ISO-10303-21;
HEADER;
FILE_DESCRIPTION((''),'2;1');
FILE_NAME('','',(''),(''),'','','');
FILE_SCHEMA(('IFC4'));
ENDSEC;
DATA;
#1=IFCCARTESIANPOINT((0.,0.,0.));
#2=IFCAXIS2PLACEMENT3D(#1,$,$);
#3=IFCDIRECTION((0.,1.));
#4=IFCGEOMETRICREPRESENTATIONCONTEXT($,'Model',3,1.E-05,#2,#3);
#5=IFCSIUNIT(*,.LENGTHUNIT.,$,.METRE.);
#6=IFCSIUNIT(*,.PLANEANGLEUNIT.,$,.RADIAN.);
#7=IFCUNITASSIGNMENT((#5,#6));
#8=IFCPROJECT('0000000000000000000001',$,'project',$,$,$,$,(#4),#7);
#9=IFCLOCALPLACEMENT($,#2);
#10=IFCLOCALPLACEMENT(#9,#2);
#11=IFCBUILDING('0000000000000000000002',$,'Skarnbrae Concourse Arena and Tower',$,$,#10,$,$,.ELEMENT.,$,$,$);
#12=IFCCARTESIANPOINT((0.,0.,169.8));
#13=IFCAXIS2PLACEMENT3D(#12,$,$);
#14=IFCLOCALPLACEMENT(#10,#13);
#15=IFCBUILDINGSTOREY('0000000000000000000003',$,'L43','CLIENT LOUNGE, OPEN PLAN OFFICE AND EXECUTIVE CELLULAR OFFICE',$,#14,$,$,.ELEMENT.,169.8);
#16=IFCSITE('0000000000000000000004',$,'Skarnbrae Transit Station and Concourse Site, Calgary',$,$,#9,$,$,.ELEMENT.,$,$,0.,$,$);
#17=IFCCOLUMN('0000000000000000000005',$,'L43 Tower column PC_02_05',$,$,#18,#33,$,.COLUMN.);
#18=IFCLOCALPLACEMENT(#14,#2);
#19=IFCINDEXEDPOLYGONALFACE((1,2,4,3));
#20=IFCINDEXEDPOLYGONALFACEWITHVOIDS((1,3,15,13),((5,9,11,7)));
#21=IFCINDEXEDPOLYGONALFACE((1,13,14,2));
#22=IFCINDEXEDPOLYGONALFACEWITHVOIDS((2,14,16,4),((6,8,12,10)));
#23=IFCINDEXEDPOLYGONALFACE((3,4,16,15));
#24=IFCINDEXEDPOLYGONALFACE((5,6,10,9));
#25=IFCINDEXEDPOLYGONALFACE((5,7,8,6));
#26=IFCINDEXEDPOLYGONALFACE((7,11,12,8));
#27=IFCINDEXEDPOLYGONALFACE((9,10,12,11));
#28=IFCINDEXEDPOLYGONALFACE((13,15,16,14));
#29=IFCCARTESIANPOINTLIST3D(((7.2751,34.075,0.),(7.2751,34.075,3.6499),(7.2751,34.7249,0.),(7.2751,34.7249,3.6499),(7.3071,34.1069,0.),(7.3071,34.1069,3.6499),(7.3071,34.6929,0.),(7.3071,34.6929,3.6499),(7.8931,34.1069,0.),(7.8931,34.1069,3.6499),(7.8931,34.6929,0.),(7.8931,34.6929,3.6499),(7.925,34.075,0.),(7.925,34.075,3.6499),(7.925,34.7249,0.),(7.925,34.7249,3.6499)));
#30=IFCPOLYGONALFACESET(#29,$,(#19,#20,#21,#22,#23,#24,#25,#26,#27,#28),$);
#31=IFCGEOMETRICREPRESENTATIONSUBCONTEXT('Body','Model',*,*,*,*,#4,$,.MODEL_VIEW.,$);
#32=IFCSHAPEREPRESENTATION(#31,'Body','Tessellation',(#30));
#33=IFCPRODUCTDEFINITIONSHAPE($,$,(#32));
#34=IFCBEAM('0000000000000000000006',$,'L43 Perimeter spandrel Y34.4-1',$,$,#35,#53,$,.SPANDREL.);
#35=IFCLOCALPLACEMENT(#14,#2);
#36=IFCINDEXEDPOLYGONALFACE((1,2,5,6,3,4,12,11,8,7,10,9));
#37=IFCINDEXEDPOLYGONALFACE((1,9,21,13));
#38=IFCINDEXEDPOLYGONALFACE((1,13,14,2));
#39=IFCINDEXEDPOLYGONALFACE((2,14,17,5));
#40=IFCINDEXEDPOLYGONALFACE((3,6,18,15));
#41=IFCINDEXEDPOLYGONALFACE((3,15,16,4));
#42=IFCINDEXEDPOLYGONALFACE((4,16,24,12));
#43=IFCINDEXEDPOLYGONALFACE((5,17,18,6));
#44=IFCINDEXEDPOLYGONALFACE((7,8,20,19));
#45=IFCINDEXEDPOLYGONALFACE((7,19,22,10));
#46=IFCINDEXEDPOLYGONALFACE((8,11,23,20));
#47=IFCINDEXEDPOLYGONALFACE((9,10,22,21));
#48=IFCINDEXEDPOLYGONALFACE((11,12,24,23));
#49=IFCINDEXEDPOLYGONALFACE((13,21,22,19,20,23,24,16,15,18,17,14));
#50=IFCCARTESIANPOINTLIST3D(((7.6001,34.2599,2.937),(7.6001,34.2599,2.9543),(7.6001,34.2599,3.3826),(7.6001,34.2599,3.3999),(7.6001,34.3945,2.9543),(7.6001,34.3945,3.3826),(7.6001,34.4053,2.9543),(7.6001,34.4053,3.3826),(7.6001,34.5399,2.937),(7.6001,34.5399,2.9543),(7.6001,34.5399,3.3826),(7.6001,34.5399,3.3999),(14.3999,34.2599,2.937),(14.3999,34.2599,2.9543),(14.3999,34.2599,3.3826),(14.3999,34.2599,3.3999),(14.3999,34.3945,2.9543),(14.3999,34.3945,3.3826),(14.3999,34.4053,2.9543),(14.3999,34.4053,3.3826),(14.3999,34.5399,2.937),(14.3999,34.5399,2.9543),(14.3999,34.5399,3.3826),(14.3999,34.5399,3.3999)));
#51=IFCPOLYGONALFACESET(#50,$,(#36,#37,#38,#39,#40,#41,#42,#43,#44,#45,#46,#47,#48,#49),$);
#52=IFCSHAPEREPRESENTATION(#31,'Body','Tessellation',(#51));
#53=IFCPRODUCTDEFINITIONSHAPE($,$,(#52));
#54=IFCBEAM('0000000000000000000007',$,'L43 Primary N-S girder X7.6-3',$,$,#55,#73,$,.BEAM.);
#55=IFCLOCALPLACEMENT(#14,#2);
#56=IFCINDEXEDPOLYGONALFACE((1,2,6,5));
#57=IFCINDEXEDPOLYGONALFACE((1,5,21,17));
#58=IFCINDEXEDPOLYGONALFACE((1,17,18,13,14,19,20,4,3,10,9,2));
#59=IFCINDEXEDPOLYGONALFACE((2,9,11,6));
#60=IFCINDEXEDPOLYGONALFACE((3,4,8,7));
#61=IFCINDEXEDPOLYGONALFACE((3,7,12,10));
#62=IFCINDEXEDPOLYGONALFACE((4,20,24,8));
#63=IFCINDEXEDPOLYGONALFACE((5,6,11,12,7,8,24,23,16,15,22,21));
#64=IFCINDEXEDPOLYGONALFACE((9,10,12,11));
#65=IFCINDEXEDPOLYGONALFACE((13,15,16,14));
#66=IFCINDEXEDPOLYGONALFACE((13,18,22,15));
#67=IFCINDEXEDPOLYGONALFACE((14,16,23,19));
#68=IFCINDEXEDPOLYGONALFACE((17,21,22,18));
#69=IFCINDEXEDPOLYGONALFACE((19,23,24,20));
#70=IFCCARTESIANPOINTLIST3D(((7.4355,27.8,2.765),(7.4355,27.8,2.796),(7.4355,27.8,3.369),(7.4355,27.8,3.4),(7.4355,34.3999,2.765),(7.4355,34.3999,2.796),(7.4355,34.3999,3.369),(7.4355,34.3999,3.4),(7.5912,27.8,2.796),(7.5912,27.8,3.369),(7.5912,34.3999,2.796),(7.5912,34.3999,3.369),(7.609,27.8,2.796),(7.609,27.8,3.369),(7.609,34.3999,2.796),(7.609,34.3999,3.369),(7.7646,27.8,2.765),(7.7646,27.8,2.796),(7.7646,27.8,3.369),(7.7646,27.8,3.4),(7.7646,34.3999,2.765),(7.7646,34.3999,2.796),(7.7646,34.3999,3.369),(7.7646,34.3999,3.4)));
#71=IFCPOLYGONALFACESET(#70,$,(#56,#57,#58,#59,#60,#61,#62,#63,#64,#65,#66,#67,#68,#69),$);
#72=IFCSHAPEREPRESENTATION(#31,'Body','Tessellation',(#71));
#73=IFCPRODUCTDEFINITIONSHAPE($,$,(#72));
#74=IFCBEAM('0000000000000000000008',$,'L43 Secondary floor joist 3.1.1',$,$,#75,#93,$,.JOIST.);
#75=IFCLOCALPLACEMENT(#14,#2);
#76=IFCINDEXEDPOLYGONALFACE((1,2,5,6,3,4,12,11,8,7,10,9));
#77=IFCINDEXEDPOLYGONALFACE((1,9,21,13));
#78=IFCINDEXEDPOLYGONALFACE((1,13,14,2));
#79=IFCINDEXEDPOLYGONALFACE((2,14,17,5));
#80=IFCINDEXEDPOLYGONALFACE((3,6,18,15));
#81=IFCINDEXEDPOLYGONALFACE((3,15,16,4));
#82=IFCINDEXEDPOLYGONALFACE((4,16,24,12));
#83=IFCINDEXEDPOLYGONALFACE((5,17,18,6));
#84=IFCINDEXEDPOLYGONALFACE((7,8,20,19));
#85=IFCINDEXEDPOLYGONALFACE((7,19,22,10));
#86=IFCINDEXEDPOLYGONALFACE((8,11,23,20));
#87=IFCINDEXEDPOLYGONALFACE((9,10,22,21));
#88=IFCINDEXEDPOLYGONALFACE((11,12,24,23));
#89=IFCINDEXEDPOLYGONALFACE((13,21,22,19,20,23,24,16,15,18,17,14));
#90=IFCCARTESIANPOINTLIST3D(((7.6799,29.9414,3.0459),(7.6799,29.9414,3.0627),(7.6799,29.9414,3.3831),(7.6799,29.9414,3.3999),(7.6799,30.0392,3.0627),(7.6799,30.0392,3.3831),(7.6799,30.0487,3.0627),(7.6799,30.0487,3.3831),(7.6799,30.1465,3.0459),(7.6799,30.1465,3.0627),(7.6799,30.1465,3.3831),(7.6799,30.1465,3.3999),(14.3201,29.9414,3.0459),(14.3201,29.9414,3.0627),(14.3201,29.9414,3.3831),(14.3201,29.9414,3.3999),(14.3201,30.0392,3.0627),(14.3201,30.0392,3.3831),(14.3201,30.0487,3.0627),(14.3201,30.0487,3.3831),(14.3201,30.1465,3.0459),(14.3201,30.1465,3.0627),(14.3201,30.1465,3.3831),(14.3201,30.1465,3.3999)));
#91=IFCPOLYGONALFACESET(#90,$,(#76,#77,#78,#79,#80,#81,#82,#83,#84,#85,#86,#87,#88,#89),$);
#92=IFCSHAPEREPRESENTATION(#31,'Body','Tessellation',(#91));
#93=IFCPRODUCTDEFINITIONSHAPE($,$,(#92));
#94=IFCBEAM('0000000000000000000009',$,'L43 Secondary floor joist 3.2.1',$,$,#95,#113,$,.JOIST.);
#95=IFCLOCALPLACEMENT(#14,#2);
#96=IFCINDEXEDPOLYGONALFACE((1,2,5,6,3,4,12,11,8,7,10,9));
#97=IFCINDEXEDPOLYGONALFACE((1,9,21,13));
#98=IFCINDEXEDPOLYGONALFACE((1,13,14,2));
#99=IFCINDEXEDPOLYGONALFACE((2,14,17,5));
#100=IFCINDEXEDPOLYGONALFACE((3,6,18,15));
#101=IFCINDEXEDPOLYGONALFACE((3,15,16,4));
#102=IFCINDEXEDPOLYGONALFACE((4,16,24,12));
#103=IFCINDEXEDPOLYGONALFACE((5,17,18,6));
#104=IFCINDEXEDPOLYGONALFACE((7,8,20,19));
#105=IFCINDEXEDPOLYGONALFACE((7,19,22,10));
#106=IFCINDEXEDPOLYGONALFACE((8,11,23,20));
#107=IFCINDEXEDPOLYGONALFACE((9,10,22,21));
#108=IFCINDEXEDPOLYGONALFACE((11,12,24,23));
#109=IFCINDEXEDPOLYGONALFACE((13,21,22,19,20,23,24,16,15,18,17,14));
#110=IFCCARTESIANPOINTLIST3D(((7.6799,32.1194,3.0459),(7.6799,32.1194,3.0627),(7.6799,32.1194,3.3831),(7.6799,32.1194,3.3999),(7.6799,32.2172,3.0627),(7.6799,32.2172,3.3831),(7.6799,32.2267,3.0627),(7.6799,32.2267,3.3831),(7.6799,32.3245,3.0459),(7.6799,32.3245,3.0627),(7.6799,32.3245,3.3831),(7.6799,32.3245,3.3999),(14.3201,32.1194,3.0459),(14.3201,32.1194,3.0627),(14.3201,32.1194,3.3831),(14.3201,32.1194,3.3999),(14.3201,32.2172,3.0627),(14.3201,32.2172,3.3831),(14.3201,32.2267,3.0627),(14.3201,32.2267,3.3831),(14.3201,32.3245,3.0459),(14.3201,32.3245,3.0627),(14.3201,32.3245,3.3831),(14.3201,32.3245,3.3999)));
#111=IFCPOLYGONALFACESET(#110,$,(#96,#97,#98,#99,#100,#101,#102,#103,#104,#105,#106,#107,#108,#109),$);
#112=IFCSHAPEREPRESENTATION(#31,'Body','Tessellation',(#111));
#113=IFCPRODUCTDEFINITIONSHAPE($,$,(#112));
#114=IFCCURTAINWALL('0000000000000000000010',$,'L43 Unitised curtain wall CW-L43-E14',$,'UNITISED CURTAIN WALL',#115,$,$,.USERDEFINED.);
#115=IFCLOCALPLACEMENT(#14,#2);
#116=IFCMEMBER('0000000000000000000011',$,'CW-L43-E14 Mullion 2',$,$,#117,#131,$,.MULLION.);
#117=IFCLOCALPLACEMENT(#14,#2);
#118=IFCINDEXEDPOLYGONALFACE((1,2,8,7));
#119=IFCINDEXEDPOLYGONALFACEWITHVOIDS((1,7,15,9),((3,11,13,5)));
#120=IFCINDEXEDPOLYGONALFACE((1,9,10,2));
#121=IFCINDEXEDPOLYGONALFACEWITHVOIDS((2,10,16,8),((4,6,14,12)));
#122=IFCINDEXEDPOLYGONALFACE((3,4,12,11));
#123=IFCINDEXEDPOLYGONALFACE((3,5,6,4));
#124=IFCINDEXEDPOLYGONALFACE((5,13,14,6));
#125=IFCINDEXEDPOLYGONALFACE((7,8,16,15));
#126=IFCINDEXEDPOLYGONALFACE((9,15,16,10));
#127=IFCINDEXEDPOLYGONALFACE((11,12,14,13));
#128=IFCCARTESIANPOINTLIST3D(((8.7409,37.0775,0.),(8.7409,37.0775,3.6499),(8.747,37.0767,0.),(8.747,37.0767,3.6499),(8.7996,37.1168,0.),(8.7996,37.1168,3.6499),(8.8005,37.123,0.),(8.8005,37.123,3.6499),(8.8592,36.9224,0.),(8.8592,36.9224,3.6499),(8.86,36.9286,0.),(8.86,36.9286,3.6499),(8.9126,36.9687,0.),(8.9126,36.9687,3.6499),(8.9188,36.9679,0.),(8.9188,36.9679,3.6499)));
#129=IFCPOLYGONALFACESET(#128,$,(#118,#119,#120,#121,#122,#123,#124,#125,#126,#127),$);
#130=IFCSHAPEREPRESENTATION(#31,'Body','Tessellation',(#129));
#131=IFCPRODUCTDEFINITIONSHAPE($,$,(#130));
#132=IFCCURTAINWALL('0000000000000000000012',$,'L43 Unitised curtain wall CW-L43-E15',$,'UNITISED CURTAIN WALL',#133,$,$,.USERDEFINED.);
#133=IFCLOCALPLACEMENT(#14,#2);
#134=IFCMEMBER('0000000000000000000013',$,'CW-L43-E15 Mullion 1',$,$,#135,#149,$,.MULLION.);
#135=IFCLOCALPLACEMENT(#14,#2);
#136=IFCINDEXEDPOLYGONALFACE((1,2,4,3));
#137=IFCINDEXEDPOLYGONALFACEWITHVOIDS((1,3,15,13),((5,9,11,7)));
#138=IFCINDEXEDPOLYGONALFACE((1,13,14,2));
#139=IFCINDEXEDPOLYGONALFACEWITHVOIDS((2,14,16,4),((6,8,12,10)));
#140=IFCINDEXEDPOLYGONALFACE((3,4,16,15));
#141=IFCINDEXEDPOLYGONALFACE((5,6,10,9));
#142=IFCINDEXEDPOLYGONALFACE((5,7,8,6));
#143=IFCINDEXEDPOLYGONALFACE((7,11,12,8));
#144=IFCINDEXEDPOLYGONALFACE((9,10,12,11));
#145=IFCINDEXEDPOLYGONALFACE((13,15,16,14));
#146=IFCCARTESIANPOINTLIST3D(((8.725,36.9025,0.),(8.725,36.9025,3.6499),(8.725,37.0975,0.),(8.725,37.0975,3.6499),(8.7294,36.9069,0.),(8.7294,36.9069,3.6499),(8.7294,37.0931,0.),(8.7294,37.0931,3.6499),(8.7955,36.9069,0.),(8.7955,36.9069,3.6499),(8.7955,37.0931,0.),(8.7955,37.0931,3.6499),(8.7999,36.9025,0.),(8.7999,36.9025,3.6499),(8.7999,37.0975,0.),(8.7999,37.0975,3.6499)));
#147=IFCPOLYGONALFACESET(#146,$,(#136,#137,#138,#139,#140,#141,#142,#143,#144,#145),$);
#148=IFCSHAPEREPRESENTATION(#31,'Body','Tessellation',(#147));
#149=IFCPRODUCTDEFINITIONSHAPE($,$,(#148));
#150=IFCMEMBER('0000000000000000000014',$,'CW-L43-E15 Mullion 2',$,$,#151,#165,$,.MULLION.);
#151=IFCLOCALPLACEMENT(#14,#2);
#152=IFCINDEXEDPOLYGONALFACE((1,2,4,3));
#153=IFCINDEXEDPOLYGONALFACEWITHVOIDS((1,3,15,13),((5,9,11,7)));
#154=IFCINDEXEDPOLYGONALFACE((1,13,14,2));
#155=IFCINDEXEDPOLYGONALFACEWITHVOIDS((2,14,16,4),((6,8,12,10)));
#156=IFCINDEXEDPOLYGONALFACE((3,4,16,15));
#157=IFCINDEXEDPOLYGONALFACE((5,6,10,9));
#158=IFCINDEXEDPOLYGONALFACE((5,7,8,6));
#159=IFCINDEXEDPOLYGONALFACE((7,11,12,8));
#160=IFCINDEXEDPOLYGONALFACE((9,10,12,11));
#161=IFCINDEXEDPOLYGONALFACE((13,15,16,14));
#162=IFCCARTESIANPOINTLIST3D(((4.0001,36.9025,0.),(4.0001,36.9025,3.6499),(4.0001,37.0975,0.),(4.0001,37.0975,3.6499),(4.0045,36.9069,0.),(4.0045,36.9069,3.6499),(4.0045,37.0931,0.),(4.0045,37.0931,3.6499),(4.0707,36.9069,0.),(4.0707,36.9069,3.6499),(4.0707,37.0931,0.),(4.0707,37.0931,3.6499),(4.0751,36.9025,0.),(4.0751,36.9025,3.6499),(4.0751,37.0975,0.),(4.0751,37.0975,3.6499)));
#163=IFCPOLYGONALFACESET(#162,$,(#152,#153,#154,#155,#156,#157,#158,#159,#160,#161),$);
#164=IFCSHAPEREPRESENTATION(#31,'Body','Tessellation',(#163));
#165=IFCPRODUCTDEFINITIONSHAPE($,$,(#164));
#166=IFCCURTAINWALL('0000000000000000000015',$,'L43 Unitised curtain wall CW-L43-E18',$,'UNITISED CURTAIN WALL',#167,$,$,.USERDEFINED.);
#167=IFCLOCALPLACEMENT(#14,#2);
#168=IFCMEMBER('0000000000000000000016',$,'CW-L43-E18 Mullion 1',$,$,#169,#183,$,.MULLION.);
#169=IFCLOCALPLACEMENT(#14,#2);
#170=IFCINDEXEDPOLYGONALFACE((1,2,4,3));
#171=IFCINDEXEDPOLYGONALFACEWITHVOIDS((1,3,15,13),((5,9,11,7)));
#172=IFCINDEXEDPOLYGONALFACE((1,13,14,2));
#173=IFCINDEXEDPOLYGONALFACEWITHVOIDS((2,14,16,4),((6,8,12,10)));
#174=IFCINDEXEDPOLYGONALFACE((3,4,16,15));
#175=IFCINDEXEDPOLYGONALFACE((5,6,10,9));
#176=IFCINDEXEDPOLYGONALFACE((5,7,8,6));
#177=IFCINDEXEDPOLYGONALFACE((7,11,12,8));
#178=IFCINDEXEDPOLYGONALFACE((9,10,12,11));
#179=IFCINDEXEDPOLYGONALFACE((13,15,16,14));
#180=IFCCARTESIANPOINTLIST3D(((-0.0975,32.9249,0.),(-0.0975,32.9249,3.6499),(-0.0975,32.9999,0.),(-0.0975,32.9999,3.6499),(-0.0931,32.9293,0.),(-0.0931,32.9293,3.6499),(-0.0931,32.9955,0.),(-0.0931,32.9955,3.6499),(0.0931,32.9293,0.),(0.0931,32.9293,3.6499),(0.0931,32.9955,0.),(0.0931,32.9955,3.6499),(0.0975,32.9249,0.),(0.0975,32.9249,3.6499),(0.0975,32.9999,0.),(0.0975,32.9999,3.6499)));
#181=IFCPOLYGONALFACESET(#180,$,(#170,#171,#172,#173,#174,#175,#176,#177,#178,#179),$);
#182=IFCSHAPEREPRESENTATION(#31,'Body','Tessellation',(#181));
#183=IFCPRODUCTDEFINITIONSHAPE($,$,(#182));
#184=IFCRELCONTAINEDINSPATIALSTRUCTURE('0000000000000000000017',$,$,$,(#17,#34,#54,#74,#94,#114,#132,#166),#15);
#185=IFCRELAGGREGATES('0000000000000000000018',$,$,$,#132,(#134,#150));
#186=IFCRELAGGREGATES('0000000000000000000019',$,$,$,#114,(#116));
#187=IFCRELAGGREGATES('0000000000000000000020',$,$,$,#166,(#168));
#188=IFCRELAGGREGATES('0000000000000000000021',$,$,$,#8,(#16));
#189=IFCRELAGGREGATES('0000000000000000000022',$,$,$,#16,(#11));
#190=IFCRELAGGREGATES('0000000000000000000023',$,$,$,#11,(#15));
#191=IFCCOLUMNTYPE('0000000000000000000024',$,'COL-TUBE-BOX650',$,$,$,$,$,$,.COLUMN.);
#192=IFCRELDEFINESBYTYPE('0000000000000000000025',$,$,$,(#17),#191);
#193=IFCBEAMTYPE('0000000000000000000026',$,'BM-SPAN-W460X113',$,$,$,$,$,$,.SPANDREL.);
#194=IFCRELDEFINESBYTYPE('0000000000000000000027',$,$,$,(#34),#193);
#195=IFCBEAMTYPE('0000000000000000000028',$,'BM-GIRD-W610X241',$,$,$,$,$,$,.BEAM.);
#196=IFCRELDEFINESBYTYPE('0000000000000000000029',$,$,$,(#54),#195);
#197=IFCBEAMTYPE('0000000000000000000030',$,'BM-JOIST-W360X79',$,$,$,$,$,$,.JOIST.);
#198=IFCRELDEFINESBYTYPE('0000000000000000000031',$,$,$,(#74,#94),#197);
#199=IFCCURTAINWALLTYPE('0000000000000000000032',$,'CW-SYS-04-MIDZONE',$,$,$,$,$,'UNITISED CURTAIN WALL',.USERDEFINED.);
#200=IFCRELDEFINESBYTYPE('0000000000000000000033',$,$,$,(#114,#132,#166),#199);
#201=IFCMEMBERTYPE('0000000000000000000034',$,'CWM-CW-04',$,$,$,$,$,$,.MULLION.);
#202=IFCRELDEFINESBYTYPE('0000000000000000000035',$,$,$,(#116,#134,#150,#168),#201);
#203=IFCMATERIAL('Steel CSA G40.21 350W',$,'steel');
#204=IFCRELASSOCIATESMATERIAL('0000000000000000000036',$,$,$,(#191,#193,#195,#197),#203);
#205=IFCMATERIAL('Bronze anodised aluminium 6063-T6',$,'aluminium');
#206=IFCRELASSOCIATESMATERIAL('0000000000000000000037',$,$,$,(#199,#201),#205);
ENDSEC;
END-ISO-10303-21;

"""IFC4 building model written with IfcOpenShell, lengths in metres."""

from ifc_helpers import new_model, si_unit, direction, frame, origin, origin_2d, place, context, subcontext, project, spatial, hollow_rectangle, i_section, extrude, source, transform, mapped, material, material_profile, profile_set, type_object, element, aggregate, save


model = new_model("IFC4")

# Units and contexts
model_context = context("Model", 3, precision=1e-05, world=origin(), true_north=direction((0.0, 1.0)))
body_context = subcontext(model_context, "Body", "Model", "MODEL_VIEW")
ifc_project = project(units=[si_unit("LENGTHUNIT", "METRE"), si_unit("PLANEANGLEUNIT", "RADIAN")], contexts=[model_context])

# Site, building, storey
site_placement = place(None, origin())
site = spatial("IfcSite", under=ifc_project, at=site_placement, Name="Skarnbrae Transit Station and Concourse Site, Calgary", CompositionType="ELEMENT", RefElevation=0.0)
building_placement = place(site_placement, origin())
building = spatial("IfcBuilding", under=site, at=building_placement, Name="Skarnbrae Concourse Arena and Tower", CompositionType="ELEMENT")
storey_placement = place(building_placement, frame((0.0, 0.0, 169.8)))
storey = spatial("IfcBuildingStorey", under=building, at=storey_placement, Name="L43", Description="CLIENT LOUNGE, OPEN PLAN OFFICE AND EXECUTIVE CELLULAR OFFICE", CompositionType="ELEMENT", Elevation=169.8)

# Column
ifc_material_1 = material(Name="Steel CSA G40.21 350W", Category="steel")
ifc_material_profile_1 = material_profile(ifc_material_1, hollow_rectangle(XDim=0.6499, YDim=0.6499, WallThickness=0.032, at=origin_2d()), Name="BOX650X650X32")
ifc_profile_set_1 = profile_set([ifc_material_profile_1], Name="Steel CSA G40.21 350W")
column_type = type_object("IfcColumnType", Name="COL-TUBE-BOX650", PredefinedType="COLUMN", material=ifc_profile_set_1)
shared_shape_1 = source(origin(), body_context, "Body", "SweptSolid", [
    extrude(hollow_rectangle(XDim=0.6499, YDim=0.6499, WallThickness=0.032, at=origin_2d()), origin(), (0.0, 0.0, 1.0), 3.6499),
])
column_placement = place(storey_placement, frame((7.6001, 34.3999, 0.0), z_axis=(0.0, 0.0, 1.0), x_axis=(1.0, 0.0, 0.0)))
element("IfcColumn", 1, at=column_placement, inside=storey, type_object=column_type, Name="L43 Tower column PC_02_05", PredefinedType="COLUMN", context=body_context, shape_type="MappedRepresentation", body=[
    mapped(shared_shape_1, transform((0.0, 0.0, 0.0))),
])

# Beams
ifc_material_profile_2 = material_profile(ifc_material_1, i_section(OverallWidth=0.28, OverallDepth=0.4629, WebThickness=0.0107, FlangeThickness=0.0173, at=origin_2d()), Name="W460X113")
ifc_profile_set_2 = profile_set([ifc_material_profile_2], Name="Steel CSA G40.21 350W")
beam_type_1 = type_object("IfcBeamType", Name="BM-SPAN-W460X113", PredefinedType="SPANDREL", material=ifc_profile_set_2)
shared_shape_2 = source(origin(), body_context, "Body", "SweptSolid", [
    extrude(i_section(OverallWidth=0.28, OverallDepth=0.4629, WebThickness=0.0107, FlangeThickness=0.0173, at=origin_2d()), origin(), (0.0, 0.0, 1.0), 6.7998),
])
beam_1_placement = place(storey_placement, frame((7.6001, 34.3999, 3.1685), z_axis=(1.0, 0.0, 0.0), x_axis=(0.0, 1.0, 0.0)))
element("IfcBeam", 2, at=beam_1_placement, inside=storey, type_object=beam_type_1, Name="L43 Perimeter spandrel Y34.4-1", PredefinedType="SPANDREL", context=body_context, shape_type="MappedRepresentation", body=[
    mapped(shared_shape_2, transform((0.0, 0.0, 0.0))),
])
ifc_material_profile_3 = material_profile(ifc_material_1, i_section(OverallWidth=0.3291, OverallDepth=0.635, WebThickness=0.0178, FlangeThickness=0.031, at=origin_2d()), Name="W610X241")
ifc_profile_set_3 = profile_set([ifc_material_profile_3], Name="Steel CSA G40.21 350W")
beam_type_2 = type_object("IfcBeamType", Name="BM-GIRD-W610X241", PredefinedType="BEAM", material=ifc_profile_set_3)
shared_shape_3 = source(origin(), body_context, "Body", "SweptSolid", [
    extrude(i_section(OverallWidth=0.3291, OverallDepth=0.635, WebThickness=0.0178, FlangeThickness=0.031, at=origin_2d()), origin(), (0.0, 0.0, 1.0), 6.5999),
])
beam_2_placement = place(storey_placement, frame((7.6001, 27.8, 3.0825), z_axis=(0.0, 1.0, 0.0), x_axis=(-1.0, 0.0, 0.0)))
element("IfcBeam", 3, at=beam_2_placement, inside=storey, type_object=beam_type_2, Name="L43 Primary N-S girder X7.6-3", PredefinedType="BEAM", context=body_context, shape_type="MappedRepresentation", body=[
    mapped(shared_shape_3, transform((0.0, 0.0, 0.0))),
])
ifc_material_profile_4 = material_profile(ifc_material_1, i_section(OverallWidth=0.2051, OverallDepth=0.354, WebThickness=0.0095, FlangeThickness=0.0168, at=origin_2d()), Name="W360X79")
ifc_profile_set_4 = profile_set([ifc_material_profile_4], Name="Steel CSA G40.21 350W")
beam_type_3 = type_object("IfcBeamType", Name="BM-JOIST-W360X79", PredefinedType="JOIST", material=ifc_profile_set_4)
shared_shape_4 = source(origin(), body_context, "Body", "SweptSolid", [
    extrude(i_section(OverallWidth=0.2051, OverallDepth=0.354, WebThickness=0.0095, FlangeThickness=0.0168, at=origin_2d()), origin(), (0.0, 0.0, 1.0), 6.6401),
])
for number, where, z_axis, x_axis, name in (
    (4, (7.6799, 30.0439, 3.2229), (1.0, 0.0, 0.0), (0.0, 1.0, 0.0), "L43 Secondary floor joist 3.1.1"),
    (5, (7.6799, 32.2219, 3.2229), (1.0, 0.0, 0.0), (0.0, 1.0, 0.0), "L43 Secondary floor joist 3.2.1"),
):
    element("IfcBeam", number, at=place(storey_placement, frame(where, z_axis=z_axis, x_axis=x_axis)), inside=storey, type_object=beam_type_3, Name=name, PredefinedType="JOIST", context=body_context, shape_type="MappedRepresentation", body=[
        mapped(shared_shape_4, transform((0.0, 0.0, 0.0))),
    ])

# Curtain wall, member
ifc_material_2 = material(Name="Bronze anodised aluminium 6063-T6", Category="aluminium")
curtain_wall_type = type_object("IfcCurtainWallType", Name="CW-SYS-04-MIDZONE", ElementType="UNITISED CURTAIN WALL", PredefinedType="USERDEFINED", material=ifc_material_2)
curtain_wall_1_placement = place(storey_placement, origin())
curtain_wall_1 = element("IfcCurtainWall", 6, at=curtain_wall_1_placement, inside=storey, type_object=curtain_wall_type, Name="L43 Unitised curtain wall CW-L43-E14", ObjectType="UNITISED CURTAIN WALL", PredefinedType="USERDEFINED")
ifc_material_profile_5 = material_profile(ifc_material_2, hollow_rectangle(XDim=0.075, YDim=0.1951, WallThickness=0.0044, at=origin_2d()), Name="ALU-MULL-75X195")
ifc_profile_set_5 = profile_set([ifc_material_profile_5], Name="Bronze anodised aluminium 6063-T6")
member_type_1 = type_object("IfcMemberType", Name="CWM-CW-04", PredefinedType="MULLION", material=ifc_profile_set_5)
shared_shape_5 = source(origin(), body_context, "Body", "SweptSolid", [
    extrude(hollow_rectangle(XDim=0.075, YDim=0.1951, WallThickness=0.0044, at=origin_2d()), origin(), (0.0, 0.0, 1.0), 3.6499),
])
member_1_placement = place(storey_placement, frame((8.8298, 37.0227, 0.0), z_axis=(0.0, 0.0, 1.0), x_axis=(-0.794956, -0.606667, 0.0)))
member_1 = element("IfcMember", 7, at=member_1_placement, type_object=member_type_1, Name="CW-L43-E14 Mullion 2", PredefinedType="MULLION", context=body_context, shape_type="MappedRepresentation", body=[
    mapped(shared_shape_5, transform((0.0, 0.0, 0.0))),
])

# Curtain wall, members
curtain_wall_2_placement = place(storey_placement, origin())
curtain_wall_2 = element("IfcCurtainWall", 8, at=curtain_wall_2_placement, inside=storey, type_object=curtain_wall_type, Name="L43 Unitised curtain wall CW-L43-E15", ObjectType="UNITISED CURTAIN WALL", PredefinedType="USERDEFINED")
member_2_placement = place(storey_placement, frame((8.7625, 37.0, 0.0), z_axis=(0.0, 0.0, 1.0), x_axis=(-1.0, 0.0, 0.0)))
member_2 = element("IfcMember", 9, at=member_2_placement, type_object=member_type_1, Name="CW-L43-E15 Mullion 1", PredefinedType="MULLION", context=body_context, shape_type="MappedRepresentation", body=[
    mapped(shared_shape_5, transform((0.0, 0.0, 0.0))),
])
member_3_placement = place(storey_placement, frame((4.0376, 37.0, 0.0), z_axis=(0.0, 0.0, 1.0), x_axis=(-1.0, 0.0, 0.0)))
member_3 = element("IfcMember", 10, at=member_3_placement, type_object=member_type_1, Name="CW-L43-E15 Mullion 2", PredefinedType="MULLION", context=body_context, shape_type="MappedRepresentation", body=[
    mapped(shared_shape_5, transform((0.0, 0.0, 0.0))),
])

# Curtain wall, member
curtain_wall_3_placement = place(storey_placement, origin())
curtain_wall_3 = element("IfcCurtainWall", 11, at=curtain_wall_3_placement, inside=storey, type_object=curtain_wall_type, Name="L43 Unitised curtain wall CW-L43-E18", ObjectType="UNITISED CURTAIN WALL", PredefinedType="USERDEFINED")
member_4_placement = place(storey_placement, frame((0.0, 32.9624, 0.0), z_axis=(0.0, 0.0, 1.0), x_axis=(0.0, -1.0, 0.0)))
member_4 = element("IfcMember", 12, at=member_4_placement, type_object=member_type_1, Name="CW-L43-E18 Mullion 1", PredefinedType="MULLION", context=body_context, shape_type="MappedRepresentation", body=[
    mapped(shared_shape_5, transform((0.0, 0.0, 0.0))),
])

aggregate(curtain_wall_2, [member_2, member_3])
aggregate(curtain_wall_1, [member_1])
aggregate(curtain_wall_3, [member_4])

save(model, "model.ifc")
